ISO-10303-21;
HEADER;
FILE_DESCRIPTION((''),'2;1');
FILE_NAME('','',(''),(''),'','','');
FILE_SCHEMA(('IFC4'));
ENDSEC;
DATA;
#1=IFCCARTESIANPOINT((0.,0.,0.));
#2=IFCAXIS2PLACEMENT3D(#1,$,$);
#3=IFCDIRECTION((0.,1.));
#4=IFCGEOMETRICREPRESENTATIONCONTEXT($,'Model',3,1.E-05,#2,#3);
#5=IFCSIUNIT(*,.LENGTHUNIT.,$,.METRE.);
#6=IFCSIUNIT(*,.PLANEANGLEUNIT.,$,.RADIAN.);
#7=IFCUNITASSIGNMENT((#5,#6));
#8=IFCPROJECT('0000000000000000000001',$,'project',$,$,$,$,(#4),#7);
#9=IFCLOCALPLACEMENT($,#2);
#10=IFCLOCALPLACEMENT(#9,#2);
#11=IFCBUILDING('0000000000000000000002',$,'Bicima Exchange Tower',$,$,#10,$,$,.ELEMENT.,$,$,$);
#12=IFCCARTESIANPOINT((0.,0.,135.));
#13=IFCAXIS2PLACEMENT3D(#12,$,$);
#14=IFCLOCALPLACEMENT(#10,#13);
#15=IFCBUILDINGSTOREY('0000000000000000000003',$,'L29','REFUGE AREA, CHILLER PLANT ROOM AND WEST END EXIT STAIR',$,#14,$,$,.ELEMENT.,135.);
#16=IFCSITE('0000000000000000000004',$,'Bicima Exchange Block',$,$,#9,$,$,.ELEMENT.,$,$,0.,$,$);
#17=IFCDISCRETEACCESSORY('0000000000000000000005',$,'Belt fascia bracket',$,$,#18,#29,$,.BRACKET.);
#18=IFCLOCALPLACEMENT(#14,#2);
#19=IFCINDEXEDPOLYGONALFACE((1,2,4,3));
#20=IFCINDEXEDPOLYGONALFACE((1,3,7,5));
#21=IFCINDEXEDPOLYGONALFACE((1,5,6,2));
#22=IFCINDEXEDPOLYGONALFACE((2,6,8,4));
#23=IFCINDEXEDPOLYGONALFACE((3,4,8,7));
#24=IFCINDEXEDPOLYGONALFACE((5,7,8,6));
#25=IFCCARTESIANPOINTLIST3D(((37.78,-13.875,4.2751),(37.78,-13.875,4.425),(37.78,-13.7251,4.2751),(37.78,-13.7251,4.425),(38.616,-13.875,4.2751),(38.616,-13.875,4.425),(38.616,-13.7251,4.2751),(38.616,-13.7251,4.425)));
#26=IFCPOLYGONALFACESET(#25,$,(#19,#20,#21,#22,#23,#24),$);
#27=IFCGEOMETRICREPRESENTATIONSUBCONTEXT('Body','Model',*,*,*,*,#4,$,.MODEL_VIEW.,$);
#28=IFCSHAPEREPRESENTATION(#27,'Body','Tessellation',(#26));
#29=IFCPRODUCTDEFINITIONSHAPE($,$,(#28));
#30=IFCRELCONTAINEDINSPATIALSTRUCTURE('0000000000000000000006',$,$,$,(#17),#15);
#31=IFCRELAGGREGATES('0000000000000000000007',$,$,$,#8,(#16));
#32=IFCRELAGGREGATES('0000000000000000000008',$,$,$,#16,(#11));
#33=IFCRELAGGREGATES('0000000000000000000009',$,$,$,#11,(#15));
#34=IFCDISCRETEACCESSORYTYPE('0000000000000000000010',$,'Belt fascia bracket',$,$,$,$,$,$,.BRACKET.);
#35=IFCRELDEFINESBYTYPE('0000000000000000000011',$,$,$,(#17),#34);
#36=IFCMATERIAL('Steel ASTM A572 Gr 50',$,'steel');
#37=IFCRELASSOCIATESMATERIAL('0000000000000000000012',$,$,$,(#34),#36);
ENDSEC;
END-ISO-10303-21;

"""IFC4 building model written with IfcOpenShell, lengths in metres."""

from ifc_helpers import new_model, si_unit, direction, frame, origin, origin_2d, place, context, subcontext, project, spatial, rectangle, extrude, material, type_object, element, save


model = new_model("IFC4")

# Units and contexts
model_context = context("Model", 3, precision=1e-05, world=origin(), true_north=direction((0.0, 1.0)))
body_context = subcontext(model_context, "Body", "Model", "MODEL_VIEW")
ifc_project = project(units=[si_unit("LENGTHUNIT", "METRE"), si_unit("PLANEANGLEUNIT", "RADIAN")], contexts=[model_context])

# Site, building, storey
site_placement = place(None, origin())
site = spatial("IfcSite", under=ifc_project, at=site_placement, Name="Bicima Exchange Block", CompositionType="ELEMENT", RefElevation=0.0)
building_placement = place(site_placement, origin())
building = spatial("IfcBuilding", under=site, at=building_placement, Name="Bicima Exchange Tower", CompositionType="ELEMENT")
storey_placement = place(building_placement, frame((0.0, 0.0, 135.0)))
storey = spatial("IfcBuildingStorey", under=building, at=storey_placement, Name="L29", Description="REFUGE AREA, CHILLER PLANT ROOM AND WEST END EXIT STAIR", CompositionType="ELEMENT", Elevation=135.0)

# Shared definitions
ifc_material_1 = material(Name="Steel ASTM A572 Gr 50", Category="steel")

# Discrete accessory
discrete_accessory_type = type_object("IfcDiscreteAccessoryType", Name="Belt fascia bracket", PredefinedType="BRACKET", material=ifc_material_1)
discrete_accessory_placement = place(storey_placement, frame((38.198, -13.8, 4.2751), z_axis=(0.0, 0.0, 1.0), x_axis=(0.0, 1.0, 0.0)))
element("IfcDiscreteAccessory", 1, at=discrete_accessory_placement, inside=storey, type_object=discrete_accessory_type, Name="Belt fascia bracket", PredefinedType="BRACKET", context=body_context, shape_type="SweptSolid", body=[
    extrude(rectangle(XDim=0.1499, YDim=0.8359, at=origin_2d()), origin(), (0.0, 0.0, 1.0), 0.1499),
])

save(model, "model.ifc")
